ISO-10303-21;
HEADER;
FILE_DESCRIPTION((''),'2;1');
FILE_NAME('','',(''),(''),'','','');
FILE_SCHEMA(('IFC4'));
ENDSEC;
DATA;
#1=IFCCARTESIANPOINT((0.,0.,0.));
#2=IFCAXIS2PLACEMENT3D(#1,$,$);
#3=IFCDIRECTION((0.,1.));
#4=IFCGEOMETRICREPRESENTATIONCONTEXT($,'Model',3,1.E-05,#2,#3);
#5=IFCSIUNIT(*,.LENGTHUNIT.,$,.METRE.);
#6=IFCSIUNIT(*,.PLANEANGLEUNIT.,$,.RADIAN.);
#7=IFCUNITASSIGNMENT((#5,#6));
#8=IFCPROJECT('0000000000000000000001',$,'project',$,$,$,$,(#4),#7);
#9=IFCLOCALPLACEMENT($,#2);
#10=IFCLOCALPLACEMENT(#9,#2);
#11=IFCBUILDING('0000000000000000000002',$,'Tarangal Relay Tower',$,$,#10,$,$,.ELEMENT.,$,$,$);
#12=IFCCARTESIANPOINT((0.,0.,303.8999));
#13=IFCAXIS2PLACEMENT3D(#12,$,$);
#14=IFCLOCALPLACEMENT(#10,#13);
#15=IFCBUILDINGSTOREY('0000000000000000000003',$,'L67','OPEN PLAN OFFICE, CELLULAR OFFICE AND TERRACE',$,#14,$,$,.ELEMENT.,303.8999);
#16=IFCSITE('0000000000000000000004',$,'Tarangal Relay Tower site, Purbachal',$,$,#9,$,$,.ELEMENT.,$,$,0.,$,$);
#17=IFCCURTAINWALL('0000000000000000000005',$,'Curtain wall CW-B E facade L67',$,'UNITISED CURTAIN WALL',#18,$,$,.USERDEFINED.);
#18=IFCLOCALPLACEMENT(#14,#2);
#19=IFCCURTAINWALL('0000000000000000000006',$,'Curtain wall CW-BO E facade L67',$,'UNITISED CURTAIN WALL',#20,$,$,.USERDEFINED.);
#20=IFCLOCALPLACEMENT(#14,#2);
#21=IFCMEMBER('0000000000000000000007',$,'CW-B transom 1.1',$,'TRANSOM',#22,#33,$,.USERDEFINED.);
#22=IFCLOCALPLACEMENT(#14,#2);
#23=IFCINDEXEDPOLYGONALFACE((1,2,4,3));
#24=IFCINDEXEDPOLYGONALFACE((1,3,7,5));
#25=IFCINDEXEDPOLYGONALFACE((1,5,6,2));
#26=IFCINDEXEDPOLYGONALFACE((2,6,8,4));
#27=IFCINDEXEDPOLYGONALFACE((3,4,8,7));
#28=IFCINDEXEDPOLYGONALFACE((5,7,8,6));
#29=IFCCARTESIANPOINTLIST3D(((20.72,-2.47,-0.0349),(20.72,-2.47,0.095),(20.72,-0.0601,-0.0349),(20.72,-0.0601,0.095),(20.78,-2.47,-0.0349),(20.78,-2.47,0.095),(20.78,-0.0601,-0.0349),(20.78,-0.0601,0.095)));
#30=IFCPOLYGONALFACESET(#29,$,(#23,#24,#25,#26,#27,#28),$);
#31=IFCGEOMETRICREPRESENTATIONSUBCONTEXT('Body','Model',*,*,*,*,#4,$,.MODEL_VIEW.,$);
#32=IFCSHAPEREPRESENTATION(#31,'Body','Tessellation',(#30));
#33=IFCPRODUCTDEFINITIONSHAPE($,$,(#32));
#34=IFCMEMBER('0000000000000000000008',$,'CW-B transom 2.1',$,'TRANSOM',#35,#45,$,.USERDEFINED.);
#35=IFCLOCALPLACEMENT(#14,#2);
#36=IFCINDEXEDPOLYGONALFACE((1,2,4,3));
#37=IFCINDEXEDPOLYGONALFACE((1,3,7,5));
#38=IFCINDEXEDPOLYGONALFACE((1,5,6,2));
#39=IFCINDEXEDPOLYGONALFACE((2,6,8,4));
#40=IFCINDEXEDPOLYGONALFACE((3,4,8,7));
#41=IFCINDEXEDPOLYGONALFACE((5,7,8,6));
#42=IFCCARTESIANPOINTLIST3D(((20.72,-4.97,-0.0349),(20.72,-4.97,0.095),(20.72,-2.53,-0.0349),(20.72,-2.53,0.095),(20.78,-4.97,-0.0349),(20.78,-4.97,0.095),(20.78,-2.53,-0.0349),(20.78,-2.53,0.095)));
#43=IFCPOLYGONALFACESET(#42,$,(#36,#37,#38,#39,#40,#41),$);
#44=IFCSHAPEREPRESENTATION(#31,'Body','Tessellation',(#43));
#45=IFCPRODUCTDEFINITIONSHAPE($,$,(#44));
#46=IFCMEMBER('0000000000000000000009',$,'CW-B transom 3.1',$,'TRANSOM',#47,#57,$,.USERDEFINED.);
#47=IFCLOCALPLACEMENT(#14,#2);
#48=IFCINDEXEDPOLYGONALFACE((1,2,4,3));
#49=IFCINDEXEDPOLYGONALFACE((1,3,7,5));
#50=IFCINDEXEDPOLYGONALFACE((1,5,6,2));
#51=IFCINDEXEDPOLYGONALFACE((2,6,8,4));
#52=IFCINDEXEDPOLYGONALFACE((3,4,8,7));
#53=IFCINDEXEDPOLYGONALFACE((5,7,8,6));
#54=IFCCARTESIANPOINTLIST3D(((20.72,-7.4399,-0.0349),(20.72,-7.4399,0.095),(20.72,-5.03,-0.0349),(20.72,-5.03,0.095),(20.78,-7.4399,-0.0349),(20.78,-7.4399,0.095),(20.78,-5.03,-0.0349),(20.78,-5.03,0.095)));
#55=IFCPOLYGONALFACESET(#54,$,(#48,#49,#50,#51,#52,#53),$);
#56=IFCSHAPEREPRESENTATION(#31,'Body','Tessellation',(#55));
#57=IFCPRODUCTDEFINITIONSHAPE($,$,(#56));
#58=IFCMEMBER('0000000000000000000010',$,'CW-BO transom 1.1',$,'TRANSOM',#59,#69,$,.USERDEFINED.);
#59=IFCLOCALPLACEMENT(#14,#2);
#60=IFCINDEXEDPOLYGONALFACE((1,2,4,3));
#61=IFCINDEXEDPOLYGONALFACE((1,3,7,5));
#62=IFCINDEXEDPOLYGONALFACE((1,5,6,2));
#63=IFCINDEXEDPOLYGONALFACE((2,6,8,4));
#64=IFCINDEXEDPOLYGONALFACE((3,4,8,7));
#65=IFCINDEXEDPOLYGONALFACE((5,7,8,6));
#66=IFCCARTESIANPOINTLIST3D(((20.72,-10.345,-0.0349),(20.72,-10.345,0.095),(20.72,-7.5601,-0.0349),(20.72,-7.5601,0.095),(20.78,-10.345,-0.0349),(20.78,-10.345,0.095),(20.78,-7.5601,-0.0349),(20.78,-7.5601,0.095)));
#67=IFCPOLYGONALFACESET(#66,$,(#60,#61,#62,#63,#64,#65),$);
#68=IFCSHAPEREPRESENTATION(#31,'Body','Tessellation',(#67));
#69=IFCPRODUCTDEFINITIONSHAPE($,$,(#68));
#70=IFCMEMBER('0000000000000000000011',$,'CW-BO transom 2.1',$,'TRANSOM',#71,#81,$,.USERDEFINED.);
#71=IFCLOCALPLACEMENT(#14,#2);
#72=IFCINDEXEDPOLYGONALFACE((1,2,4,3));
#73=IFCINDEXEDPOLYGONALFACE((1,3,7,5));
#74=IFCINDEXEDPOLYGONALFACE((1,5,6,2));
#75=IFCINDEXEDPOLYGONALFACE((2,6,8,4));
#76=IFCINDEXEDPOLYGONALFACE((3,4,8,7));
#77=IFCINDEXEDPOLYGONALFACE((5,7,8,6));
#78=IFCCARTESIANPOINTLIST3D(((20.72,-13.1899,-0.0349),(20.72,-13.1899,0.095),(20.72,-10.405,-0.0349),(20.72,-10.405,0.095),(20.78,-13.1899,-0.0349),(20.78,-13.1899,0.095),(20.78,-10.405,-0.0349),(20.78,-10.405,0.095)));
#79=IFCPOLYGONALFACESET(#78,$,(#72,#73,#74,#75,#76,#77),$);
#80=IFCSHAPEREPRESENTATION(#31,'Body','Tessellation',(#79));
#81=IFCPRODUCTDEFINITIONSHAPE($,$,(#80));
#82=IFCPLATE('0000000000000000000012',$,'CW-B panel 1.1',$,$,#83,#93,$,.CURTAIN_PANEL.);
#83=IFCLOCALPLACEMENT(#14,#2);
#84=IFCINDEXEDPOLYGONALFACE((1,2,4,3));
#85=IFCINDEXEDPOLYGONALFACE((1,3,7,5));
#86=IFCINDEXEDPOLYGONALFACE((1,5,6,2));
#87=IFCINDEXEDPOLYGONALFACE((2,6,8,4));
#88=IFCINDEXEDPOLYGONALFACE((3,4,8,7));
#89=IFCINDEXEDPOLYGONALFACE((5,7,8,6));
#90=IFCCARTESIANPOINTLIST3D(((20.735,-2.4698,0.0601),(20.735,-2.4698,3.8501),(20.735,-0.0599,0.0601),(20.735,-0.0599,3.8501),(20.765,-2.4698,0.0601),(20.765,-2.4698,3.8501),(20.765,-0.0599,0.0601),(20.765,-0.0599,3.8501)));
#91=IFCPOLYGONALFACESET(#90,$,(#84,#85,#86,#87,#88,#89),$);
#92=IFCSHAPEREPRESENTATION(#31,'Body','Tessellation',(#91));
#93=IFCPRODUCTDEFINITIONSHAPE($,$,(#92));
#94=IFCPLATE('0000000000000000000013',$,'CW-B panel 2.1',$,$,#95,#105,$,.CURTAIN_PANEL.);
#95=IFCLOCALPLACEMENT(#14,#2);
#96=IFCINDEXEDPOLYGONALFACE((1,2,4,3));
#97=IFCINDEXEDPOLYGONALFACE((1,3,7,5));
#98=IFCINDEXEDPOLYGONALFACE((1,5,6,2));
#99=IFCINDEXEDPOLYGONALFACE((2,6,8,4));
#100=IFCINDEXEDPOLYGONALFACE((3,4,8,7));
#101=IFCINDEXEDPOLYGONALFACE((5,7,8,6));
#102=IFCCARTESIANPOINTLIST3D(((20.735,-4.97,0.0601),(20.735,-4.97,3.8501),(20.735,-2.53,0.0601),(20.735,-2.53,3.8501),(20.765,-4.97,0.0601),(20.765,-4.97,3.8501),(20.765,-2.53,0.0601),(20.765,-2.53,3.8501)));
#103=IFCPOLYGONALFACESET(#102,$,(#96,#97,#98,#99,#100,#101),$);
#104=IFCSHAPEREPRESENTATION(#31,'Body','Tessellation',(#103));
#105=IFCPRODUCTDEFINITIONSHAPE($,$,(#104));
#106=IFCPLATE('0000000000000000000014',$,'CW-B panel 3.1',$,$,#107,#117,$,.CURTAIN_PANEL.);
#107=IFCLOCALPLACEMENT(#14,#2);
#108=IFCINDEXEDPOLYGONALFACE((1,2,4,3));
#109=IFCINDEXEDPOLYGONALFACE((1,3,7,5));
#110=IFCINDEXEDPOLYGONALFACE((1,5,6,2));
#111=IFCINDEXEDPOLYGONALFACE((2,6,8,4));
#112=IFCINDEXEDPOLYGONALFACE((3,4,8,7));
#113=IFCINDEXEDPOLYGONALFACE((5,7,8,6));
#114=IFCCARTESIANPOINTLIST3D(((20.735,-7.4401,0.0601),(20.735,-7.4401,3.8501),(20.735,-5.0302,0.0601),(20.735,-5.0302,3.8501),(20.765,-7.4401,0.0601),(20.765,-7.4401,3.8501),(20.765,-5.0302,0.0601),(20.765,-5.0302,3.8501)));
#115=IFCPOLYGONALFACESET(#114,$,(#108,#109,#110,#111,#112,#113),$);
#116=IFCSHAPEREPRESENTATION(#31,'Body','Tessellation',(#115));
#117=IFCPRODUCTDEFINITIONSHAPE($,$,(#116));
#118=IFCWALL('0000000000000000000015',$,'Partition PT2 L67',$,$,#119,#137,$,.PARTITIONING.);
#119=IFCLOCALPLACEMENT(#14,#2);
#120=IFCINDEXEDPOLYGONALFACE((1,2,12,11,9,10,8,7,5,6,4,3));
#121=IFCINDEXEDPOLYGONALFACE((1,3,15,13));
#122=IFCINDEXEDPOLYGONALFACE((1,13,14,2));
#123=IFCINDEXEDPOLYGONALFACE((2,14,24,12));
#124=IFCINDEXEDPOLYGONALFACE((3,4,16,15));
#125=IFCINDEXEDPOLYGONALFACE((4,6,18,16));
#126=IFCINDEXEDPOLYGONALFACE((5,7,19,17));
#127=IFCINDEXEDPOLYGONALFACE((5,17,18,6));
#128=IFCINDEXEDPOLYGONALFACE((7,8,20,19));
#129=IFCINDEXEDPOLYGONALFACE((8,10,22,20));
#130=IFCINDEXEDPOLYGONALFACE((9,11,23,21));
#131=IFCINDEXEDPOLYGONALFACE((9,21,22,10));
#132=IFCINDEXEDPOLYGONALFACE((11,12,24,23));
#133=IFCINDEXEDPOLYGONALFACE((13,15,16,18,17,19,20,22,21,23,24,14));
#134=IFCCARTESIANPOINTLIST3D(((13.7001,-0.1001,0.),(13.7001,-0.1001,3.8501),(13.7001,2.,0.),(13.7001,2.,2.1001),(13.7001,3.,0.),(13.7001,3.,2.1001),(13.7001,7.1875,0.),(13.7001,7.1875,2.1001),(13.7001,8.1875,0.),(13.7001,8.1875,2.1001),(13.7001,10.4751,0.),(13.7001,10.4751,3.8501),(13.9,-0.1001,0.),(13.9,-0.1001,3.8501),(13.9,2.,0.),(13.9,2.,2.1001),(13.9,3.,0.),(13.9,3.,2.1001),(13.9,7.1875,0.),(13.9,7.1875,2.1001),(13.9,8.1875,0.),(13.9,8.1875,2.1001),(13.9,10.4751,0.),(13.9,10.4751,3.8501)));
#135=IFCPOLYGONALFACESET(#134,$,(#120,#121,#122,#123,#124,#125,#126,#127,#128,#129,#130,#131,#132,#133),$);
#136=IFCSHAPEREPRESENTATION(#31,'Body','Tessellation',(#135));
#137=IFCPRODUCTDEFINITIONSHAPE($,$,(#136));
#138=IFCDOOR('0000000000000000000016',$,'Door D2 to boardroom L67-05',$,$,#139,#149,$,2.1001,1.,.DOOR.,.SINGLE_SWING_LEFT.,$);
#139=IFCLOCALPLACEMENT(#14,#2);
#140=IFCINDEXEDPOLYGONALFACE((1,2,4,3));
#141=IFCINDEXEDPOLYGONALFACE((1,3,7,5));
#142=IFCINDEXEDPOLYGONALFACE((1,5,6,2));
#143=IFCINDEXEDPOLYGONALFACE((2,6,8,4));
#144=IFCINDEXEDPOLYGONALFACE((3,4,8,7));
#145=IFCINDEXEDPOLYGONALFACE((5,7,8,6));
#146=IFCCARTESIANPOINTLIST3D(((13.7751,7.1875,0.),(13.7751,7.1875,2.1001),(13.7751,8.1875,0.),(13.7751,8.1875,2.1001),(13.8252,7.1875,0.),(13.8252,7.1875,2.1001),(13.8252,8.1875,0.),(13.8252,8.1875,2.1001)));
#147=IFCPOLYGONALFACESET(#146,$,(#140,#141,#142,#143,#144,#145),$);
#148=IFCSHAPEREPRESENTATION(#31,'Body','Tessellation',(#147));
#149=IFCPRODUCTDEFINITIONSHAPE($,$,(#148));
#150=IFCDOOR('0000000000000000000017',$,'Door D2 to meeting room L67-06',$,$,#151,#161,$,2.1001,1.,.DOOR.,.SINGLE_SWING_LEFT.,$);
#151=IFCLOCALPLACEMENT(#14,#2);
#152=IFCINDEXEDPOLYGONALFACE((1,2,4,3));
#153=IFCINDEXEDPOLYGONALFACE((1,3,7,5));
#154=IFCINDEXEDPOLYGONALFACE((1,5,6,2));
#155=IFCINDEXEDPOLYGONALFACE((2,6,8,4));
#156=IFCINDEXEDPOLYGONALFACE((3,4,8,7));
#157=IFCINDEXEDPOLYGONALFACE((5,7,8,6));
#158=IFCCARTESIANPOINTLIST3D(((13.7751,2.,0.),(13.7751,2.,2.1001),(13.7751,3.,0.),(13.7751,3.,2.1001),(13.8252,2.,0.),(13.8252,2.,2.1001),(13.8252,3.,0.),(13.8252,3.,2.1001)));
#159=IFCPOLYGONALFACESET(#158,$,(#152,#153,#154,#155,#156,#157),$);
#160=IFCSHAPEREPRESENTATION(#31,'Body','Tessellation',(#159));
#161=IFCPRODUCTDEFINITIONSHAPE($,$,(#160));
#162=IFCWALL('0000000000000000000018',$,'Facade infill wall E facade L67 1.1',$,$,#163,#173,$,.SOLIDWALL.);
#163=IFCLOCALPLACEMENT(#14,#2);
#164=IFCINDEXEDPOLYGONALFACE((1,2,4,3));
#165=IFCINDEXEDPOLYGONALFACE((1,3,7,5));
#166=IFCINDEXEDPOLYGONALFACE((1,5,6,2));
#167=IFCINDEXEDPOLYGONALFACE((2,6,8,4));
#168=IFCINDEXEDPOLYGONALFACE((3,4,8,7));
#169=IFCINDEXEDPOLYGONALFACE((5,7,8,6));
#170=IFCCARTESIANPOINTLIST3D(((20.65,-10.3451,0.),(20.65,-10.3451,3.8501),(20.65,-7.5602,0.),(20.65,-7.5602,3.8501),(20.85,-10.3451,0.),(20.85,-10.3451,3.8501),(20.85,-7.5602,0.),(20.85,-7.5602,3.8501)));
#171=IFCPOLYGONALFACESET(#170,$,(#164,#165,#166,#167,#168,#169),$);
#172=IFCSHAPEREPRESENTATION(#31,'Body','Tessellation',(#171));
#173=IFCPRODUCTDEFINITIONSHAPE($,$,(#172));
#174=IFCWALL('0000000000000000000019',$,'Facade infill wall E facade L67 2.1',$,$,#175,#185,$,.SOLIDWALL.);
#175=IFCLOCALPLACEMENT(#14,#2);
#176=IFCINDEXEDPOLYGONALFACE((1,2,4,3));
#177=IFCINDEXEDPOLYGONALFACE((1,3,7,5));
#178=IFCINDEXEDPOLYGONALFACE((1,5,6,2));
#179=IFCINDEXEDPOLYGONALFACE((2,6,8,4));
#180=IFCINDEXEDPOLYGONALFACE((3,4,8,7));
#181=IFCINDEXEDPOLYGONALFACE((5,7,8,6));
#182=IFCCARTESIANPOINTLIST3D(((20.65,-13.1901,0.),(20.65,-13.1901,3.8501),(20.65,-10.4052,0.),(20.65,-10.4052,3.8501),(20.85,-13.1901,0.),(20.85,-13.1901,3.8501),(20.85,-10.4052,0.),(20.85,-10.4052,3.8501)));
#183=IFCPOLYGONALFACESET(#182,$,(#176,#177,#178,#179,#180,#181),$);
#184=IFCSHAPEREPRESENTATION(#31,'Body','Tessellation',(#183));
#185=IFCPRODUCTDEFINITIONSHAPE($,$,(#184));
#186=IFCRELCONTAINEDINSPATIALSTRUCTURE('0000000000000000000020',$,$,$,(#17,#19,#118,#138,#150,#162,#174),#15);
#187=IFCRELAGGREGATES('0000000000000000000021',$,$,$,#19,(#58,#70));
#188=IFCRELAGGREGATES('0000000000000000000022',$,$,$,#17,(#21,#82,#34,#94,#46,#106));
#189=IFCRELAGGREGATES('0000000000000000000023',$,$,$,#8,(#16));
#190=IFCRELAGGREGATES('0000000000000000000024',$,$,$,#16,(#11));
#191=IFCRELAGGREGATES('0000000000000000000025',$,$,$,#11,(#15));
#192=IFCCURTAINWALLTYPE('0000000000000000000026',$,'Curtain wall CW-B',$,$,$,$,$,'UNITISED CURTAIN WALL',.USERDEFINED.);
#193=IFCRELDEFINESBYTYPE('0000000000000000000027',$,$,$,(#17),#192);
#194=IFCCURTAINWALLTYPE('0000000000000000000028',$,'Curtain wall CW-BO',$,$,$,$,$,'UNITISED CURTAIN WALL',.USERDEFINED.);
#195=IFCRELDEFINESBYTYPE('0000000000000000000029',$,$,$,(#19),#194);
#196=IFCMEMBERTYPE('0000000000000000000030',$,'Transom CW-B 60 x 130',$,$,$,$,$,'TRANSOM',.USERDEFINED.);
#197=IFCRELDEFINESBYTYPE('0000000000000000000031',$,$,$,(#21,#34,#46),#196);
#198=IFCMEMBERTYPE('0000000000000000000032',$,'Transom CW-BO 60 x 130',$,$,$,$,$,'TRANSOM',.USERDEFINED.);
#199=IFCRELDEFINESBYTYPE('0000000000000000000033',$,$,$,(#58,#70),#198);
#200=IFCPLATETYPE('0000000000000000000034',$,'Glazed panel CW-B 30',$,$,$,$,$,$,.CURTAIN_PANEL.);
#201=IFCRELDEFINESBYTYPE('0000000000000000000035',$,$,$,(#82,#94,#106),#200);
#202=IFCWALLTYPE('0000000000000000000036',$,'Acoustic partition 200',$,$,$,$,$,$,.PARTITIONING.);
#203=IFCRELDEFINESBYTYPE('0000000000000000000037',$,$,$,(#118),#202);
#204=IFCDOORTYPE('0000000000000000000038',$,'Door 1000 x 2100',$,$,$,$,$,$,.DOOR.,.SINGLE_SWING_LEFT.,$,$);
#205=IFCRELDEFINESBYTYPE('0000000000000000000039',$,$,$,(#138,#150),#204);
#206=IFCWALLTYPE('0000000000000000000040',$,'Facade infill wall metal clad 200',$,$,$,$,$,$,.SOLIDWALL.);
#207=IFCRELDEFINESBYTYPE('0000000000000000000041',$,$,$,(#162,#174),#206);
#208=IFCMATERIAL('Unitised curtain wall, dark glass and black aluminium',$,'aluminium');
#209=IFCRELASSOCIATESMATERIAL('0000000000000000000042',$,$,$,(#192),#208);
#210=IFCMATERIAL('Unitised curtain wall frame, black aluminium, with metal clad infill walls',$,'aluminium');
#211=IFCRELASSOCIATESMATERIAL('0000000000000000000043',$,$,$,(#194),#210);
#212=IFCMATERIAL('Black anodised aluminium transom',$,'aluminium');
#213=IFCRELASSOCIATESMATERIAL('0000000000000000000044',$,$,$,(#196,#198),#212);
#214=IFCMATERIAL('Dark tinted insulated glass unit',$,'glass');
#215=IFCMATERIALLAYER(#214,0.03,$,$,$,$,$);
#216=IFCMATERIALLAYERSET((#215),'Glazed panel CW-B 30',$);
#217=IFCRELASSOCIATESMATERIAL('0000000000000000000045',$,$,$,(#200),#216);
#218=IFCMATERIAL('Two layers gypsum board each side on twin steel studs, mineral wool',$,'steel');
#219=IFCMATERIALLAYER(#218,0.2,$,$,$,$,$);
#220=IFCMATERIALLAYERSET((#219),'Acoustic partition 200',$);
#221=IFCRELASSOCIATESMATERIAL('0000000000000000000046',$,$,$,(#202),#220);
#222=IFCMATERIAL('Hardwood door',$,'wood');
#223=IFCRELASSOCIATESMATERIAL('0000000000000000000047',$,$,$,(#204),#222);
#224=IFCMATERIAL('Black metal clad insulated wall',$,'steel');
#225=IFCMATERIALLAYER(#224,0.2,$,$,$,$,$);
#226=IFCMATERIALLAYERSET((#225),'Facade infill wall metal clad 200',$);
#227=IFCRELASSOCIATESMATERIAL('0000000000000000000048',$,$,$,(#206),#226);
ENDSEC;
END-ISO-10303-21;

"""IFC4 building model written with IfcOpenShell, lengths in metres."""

from ifc_helpers import new_model, si_unit, direction, frame, frame_2d, origin, origin_2d, place, context, subcontext, project, spatial, rectangle, extrude, material, layer, layer_set, material_profile, profile_set, type_object, element, fill, aggregate, save


model = new_model("IFC4")

# Units and contexts
model_context = context("Model", 3, precision=1e-05, world=origin(), true_north=direction((0.0, 1.0)))
body_context = subcontext(model_context, "Body", "Model", "MODEL_VIEW")
ifc_project = project(units=[si_unit("LENGTHUNIT", "METRE"), si_unit("PLANEANGLEUNIT", "RADIAN")], contexts=[model_context])

# Site, building, storey
site_placement = place(None, origin())
site = spatial("IfcSite", under=ifc_project, at=site_placement, Name="Tarangal Relay Tower site, Purbachal", CompositionType="ELEMENT", RefElevation=0.0)
building_placement = place(site_placement, origin())
building = spatial("IfcBuilding", under=site, at=building_placement, Name="Tarangal Relay Tower", CompositionType="ELEMENT")
storey_placement = place(building_placement, frame((0.0, 0.0, 303.8999)))
storey = spatial("IfcBuildingStorey", under=building, at=storey_placement, Name="L67", Description="OPEN PLAN OFFICE, CELLULAR OFFICE AND TERRACE", CompositionType="ELEMENT", Elevation=303.8999)

# Curtain walls
ifc_material_1 = material(Name="Unitised curtain wall, dark glass and black aluminium", Category="aluminium")
curtain_wall_type_1 = type_object("IfcCurtainWallType", Name="Curtain wall CW-B", ElementType="UNITISED CURTAIN WALL", PredefinedType="USERDEFINED", material=ifc_material_1)
curtain_wall_1_placement = place(storey_placement, origin())
curtain_wall_1 = element("IfcCurtainWall", 1, at=curtain_wall_1_placement, inside=storey, type_object=curtain_wall_type_1, Name="Curtain wall CW-B E facade L67", ObjectType="UNITISED CURTAIN WALL", PredefinedType="USERDEFINED")
ifc_material_2 = material(Name="Unitised curtain wall frame, black aluminium, with metal clad infill walls", Category="aluminium")
curtain_wall_type_2 = type_object("IfcCurtainWallType", Name="Curtain wall CW-BO", ElementType="UNITISED CURTAIN WALL", PredefinedType="USERDEFINED", material=ifc_material_2)
curtain_wall_2_placement = place(storey_placement, origin())
curtain_wall_2 = element("IfcCurtainWall", 2, at=curtain_wall_2_placement, inside=storey, type_object=curtain_wall_type_2, Name="Curtain wall CW-BO E facade L67", ObjectType="UNITISED CURTAIN WALL", PredefinedType="USERDEFINED")

# Members
ifc_material_3 = material(Name="Black anodised aluminium transom", Category="aluminium")
ifc_material_profile_1 = material_profile(ifc_material_3, rectangle(XDim=0.0601, YDim=0.1299, at=origin_2d()), Name="CW-BT 60X130")
ifc_profile_set_1 = profile_set([ifc_material_profile_1], Name="Black anodised aluminium transom")
member_type_1 = type_object("IfcMemberType", Name="Transom CW-B 60 x 130", ElementType="TRANSOM", PredefinedType="USERDEFINED", material=ifc_profile_set_1)
member_1_placement = place(storey_placement, frame((20.75, -0.0601, 0.03), z_axis=(0.0, -1.0, 0.0), x_axis=(1.0, 0.0, 0.0)))
member_1 = element("IfcMember", 3, at=member_1_placement, type_object=member_type_1, Name="CW-B transom 1.1", ObjectType="TRANSOM", PredefinedType="USERDEFINED", context=body_context, shape_type="SweptSolid", body=[
    extrude(rectangle(XDim=0.0601, YDim=0.1299, at=origin_2d()), origin(), (0.0, 0.0, 1.0), 2.4099),
])
member_2_placement = place(storey_placement, frame((20.75, -2.53, 0.03), z_axis=(0.0, -1.0, 0.0), x_axis=(1.0, 0.0, 0.0)))
member_2 = element("IfcMember", 4, at=member_2_placement, type_object=member_type_1, Name="CW-B transom 2.1", ObjectType="TRANSOM", PredefinedType="USERDEFINED", context=body_context, shape_type="SweptSolid", body=[
    extrude(rectangle(XDim=0.0601, YDim=0.1299, at=origin_2d()), origin(), (0.0, 0.0, 1.0), 2.4399),
])
member_3_placement = place(storey_placement, frame((20.75, -5.03, 0.03), z_axis=(0.0, -1.0, 0.0), x_axis=(1.0, 0.0, 0.0)))
member_3 = element("IfcMember", 5, at=member_3_placement, type_object=member_type_1, Name="CW-B transom 3.1", ObjectType="TRANSOM", PredefinedType="USERDEFINED", context=body_context, shape_type="SweptSolid", body=[
    extrude(rectangle(XDim=0.0601, YDim=0.1299, at=origin_2d()), origin(), (0.0, 0.0, 1.0), 2.4099),
])
ifc_material_profile_2 = material_profile(ifc_material_3, rectangle(XDim=0.0601, YDim=0.1299, at=origin_2d()), Name="CW-BOT 60X130")
ifc_profile_set_2 = profile_set([ifc_material_profile_2], Name="Black anodised aluminium transom")
member_type_2 = type_object("IfcMemberType", Name="Transom CW-BO 60 x 130", ElementType="TRANSOM", PredefinedType="USERDEFINED", material=ifc_profile_set_2)
member_4_placement = place(storey_placement, frame((20.75, -7.5601, 0.03), z_axis=(0.0, -1.0, 0.0), x_axis=(1.0, 0.0, 0.0)))
member_4 = element("IfcMember", 6, at=member_4_placement, type_object=member_type_2, Name="CW-BO transom 1.1", ObjectType="TRANSOM", PredefinedType="USERDEFINED", context=body_context, shape_type="SweptSolid", body=[
    extrude(rectangle(XDim=0.0601, YDim=0.1299, at=origin_2d()), origin(), (0.0, 0.0, 1.0), 2.7849),
])
member_5_placement = place(storey_placement, frame((20.75, -10.405, 0.03), z_axis=(0.0, -1.0, 0.0), x_axis=(1.0, 0.0, 0.0)))
member_5 = element("IfcMember", 7, at=member_5_placement, type_object=member_type_2, Name="CW-BO transom 2.1", ObjectType="TRANSOM", PredefinedType="USERDEFINED", context=body_context, shape_type="SweptSolid", body=[
    extrude(rectangle(XDim=0.0601, YDim=0.1299, at=origin_2d()), origin(), (0.0, 0.0, 1.0), 2.7849),
])
aggregate(curtain_wall_2, [member_4, member_5])

# Plates
ifc_material_4 = material(Name="Dark tinted insulated glass unit", Category="glass")
ifc_layer_1 = layer(ifc_material_4, 0.03)
ifc_layer_set_1 = layer_set([ifc_layer_1], Name="Glazed panel CW-B 30")
plate_type = type_object("IfcPlateType", Name="Glazed panel CW-B 30", PredefinedType="CURTAIN_PANEL", material=ifc_layer_set_1)
plate_1_placement = place(storey_placement, frame((20.75, -1.2649, 0.0601), z_axis=(0.0, 0.0, 1.0), x_axis=(0.0, -1.0, 0.0)))
plate_1 = element("IfcPlate", 8, at=plate_1_placement, type_object=plate_type, Name="CW-B panel 1.1", PredefinedType="CURTAIN_PANEL", context=body_context, shape_type="SweptSolid", body=[
    extrude(rectangle(XDim=2.4099, YDim=0.03, at=origin_2d()), origin(), (0.0, 0.0, 1.0), 3.79),
])
plate_2_placement = place(storey_placement, frame((20.75, -3.75, 0.0601), z_axis=(0.0, 0.0, 1.0), x_axis=(0.0, -1.0, 0.0)))
plate_2 = element("IfcPlate", 9, at=plate_2_placement, type_object=plate_type, Name="CW-B panel 2.1", PredefinedType="CURTAIN_PANEL", context=body_context, shape_type="SweptSolid", body=[
    extrude(rectangle(XDim=2.4399, YDim=0.03, at=origin_2d()), origin(), (0.0, 0.0, 1.0), 3.79),
])
plate_3_placement = place(storey_placement, frame((20.75, -6.2351, 0.0601), z_axis=(0.0, 0.0, 1.0), x_axis=(0.0, -1.0, 0.0)))
plate_3 = element("IfcPlate", 10, at=plate_3_placement, type_object=plate_type, Name="CW-B panel 3.1", PredefinedType="CURTAIN_PANEL", context=body_context, shape_type="SweptSolid", body=[
    extrude(rectangle(XDim=2.4099, YDim=0.03, at=origin_2d()), origin(), (0.0, 0.0, 1.0), 3.79),
])
aggregate(curtain_wall_1, [member_1, plate_1, member_2, plate_2, member_3, plate_3])

# Wall, openings, doors
ifc_material_5 = material(Name="Two layers gypsum board each side on twin steel studs, mineral wool", Category="steel")
ifc_layer_2 = layer(ifc_material_5, 0.2)
ifc_layer_set_2 = layer_set([ifc_layer_2], Name="Acoustic partition 200")
wall_type_1 = type_object("IfcWallType", Name="Acoustic partition 200", PredefinedType="PARTITIONING", material=ifc_layer_set_2)
wall_1_placement = place(storey_placement, frame((13.8, -0.1001, 0.0), z_axis=(0.0, 0.0, 1.0), x_axis=(0.0, 1.0, 0.0)))
wall_1 = element("IfcWall", 11, at=wall_1_placement, inside=storey, type_object=wall_type_1, Name="Partition PT2 L67", PredefinedType="PARTITIONING", context=body_context, shape_type="SweptSolid", body=[
    extrude(rectangle(XDim=10.5752, YDim=0.2, at=frame_2d((5.2876, 0.0))), origin(), (0.0, 0.0, 1.0), 3.8501),
])
opening_1_placement = place(wall_1_placement, frame((7.2876, 0.0, 0.0)))
opening_1 = element("IfcOpeningElement", 12, at=opening_1_placement, cuts=wall_1, PredefinedType="OPENING", context=body_context, shape_type="SweptSolid", body=[
    extrude(rectangle(XDim=1.0, YDim=2.1001, at=frame_2d((0.5, 1.05))), frame((0.0, 0.1099, 0.0), z_axis=(0.0, -1.0, 0.0), x_axis=(1.0, 0.0, 0.0)), (0.0, 0.0, 1.0), 0.22),
])
opening_2_placement = place(wall_1_placement, frame((2.1001, 0.0, 0.0)))
opening_2 = element("IfcOpeningElement", 13, at=opening_2_placement, cuts=wall_1, PredefinedType="OPENING", context=body_context, shape_type="SweptSolid", body=[
    extrude(rectangle(XDim=1.0, YDim=2.1001, at=frame_2d((0.5, 1.05))), frame((0.0, 0.1099, 0.0), z_axis=(0.0, -1.0, 0.0), x_axis=(1.0, 0.0, 0.0)), (0.0, 0.0, 1.0), 0.22),
])
ifc_material_6 = material(Name="Hardwood door", Category="wood")
door_type_1 = type_object("IfcDoorType", Name="Door 1000 x 2100", OperationType="SINGLE_SWING_LEFT", PredefinedType="DOOR", material=ifc_material_6)
door_1_placement = place(opening_1_placement, origin())
door_1 = element("IfcDoor", 14, at=door_1_placement, inside=storey, type_object=door_type_1, Name="Door D2 to boardroom L67-05", OperationType="SINGLE_SWING_LEFT", OverallHeight=2.1001, OverallWidth=1.0, PredefinedType="DOOR", context=body_context, shape_type="SweptSolid", body=[
    extrude(rectangle(XDim=1.0, YDim=2.1001, at=frame_2d((0.5, 1.05))), frame((0.0, 0.0249, 0.0), z_axis=(0.0, -1.0, 0.0), x_axis=(1.0, 0.0, 0.0)), (0.0, 0.0, 1.0), 0.05),
])
fill(opening_1, door_1)
door_2_placement = place(opening_2_placement, origin())
door_2 = element("IfcDoor", 15, at=door_2_placement, inside=storey, type_object=door_type_1, Name="Door D2 to meeting room L67-06", OperationType="SINGLE_SWING_LEFT", OverallHeight=2.1001, OverallWidth=1.0, PredefinedType="DOOR", context=body_context, shape_type="SweptSolid", body=[
    extrude(rectangle(XDim=1.0, YDim=2.1001, at=frame_2d((0.5, 1.05))), frame((0.0, 0.0249, 0.0), z_axis=(0.0, -1.0, 0.0), x_axis=(1.0, 0.0, 0.0)), (0.0, 0.0, 1.0), 0.05),
])
fill(opening_2, door_2)

# Walls
ifc_material_7 = material(Name="Black metal clad insulated wall", Category="steel")
ifc_layer_3 = layer(ifc_material_7, 0.2)
ifc_layer_set_3 = layer_set([ifc_layer_3], Name="Facade infill wall metal clad 200")
wall_type_2 = type_object("IfcWallType", Name="Facade infill wall metal clad 200", PredefinedType="SOLIDWALL", material=ifc_layer_set_3)
for number, where, z_axis, x_axis, name in (
    (16, (20.75, -7.5601, 0.0), (0.0, 0.0, 1.0), (0.0, -1.0, 0.0), "Facade infill wall E facade L67 1.1"),
    (17, (20.75, -10.405, 0.0), (0.0, 0.0, 1.0), (0.0, -1.0, 0.0), "Facade infill wall E facade L67 2.1"),
):
    element("IfcWall", number, at=place(storey_placement, frame(where, z_axis=z_axis, x_axis=x_axis)), inside=storey, type_object=wall_type_2, Name=name, PredefinedType="SOLIDWALL", context=body_context, shape_type="SweptSolid", body=[
        extrude(rectangle(XDim=2.7849, YDim=0.2, at=frame_2d((1.3926, 0.0))), origin(), (0.0, 0.0, 1.0), 3.8501),
    ])

save(model, "model.ifc")
